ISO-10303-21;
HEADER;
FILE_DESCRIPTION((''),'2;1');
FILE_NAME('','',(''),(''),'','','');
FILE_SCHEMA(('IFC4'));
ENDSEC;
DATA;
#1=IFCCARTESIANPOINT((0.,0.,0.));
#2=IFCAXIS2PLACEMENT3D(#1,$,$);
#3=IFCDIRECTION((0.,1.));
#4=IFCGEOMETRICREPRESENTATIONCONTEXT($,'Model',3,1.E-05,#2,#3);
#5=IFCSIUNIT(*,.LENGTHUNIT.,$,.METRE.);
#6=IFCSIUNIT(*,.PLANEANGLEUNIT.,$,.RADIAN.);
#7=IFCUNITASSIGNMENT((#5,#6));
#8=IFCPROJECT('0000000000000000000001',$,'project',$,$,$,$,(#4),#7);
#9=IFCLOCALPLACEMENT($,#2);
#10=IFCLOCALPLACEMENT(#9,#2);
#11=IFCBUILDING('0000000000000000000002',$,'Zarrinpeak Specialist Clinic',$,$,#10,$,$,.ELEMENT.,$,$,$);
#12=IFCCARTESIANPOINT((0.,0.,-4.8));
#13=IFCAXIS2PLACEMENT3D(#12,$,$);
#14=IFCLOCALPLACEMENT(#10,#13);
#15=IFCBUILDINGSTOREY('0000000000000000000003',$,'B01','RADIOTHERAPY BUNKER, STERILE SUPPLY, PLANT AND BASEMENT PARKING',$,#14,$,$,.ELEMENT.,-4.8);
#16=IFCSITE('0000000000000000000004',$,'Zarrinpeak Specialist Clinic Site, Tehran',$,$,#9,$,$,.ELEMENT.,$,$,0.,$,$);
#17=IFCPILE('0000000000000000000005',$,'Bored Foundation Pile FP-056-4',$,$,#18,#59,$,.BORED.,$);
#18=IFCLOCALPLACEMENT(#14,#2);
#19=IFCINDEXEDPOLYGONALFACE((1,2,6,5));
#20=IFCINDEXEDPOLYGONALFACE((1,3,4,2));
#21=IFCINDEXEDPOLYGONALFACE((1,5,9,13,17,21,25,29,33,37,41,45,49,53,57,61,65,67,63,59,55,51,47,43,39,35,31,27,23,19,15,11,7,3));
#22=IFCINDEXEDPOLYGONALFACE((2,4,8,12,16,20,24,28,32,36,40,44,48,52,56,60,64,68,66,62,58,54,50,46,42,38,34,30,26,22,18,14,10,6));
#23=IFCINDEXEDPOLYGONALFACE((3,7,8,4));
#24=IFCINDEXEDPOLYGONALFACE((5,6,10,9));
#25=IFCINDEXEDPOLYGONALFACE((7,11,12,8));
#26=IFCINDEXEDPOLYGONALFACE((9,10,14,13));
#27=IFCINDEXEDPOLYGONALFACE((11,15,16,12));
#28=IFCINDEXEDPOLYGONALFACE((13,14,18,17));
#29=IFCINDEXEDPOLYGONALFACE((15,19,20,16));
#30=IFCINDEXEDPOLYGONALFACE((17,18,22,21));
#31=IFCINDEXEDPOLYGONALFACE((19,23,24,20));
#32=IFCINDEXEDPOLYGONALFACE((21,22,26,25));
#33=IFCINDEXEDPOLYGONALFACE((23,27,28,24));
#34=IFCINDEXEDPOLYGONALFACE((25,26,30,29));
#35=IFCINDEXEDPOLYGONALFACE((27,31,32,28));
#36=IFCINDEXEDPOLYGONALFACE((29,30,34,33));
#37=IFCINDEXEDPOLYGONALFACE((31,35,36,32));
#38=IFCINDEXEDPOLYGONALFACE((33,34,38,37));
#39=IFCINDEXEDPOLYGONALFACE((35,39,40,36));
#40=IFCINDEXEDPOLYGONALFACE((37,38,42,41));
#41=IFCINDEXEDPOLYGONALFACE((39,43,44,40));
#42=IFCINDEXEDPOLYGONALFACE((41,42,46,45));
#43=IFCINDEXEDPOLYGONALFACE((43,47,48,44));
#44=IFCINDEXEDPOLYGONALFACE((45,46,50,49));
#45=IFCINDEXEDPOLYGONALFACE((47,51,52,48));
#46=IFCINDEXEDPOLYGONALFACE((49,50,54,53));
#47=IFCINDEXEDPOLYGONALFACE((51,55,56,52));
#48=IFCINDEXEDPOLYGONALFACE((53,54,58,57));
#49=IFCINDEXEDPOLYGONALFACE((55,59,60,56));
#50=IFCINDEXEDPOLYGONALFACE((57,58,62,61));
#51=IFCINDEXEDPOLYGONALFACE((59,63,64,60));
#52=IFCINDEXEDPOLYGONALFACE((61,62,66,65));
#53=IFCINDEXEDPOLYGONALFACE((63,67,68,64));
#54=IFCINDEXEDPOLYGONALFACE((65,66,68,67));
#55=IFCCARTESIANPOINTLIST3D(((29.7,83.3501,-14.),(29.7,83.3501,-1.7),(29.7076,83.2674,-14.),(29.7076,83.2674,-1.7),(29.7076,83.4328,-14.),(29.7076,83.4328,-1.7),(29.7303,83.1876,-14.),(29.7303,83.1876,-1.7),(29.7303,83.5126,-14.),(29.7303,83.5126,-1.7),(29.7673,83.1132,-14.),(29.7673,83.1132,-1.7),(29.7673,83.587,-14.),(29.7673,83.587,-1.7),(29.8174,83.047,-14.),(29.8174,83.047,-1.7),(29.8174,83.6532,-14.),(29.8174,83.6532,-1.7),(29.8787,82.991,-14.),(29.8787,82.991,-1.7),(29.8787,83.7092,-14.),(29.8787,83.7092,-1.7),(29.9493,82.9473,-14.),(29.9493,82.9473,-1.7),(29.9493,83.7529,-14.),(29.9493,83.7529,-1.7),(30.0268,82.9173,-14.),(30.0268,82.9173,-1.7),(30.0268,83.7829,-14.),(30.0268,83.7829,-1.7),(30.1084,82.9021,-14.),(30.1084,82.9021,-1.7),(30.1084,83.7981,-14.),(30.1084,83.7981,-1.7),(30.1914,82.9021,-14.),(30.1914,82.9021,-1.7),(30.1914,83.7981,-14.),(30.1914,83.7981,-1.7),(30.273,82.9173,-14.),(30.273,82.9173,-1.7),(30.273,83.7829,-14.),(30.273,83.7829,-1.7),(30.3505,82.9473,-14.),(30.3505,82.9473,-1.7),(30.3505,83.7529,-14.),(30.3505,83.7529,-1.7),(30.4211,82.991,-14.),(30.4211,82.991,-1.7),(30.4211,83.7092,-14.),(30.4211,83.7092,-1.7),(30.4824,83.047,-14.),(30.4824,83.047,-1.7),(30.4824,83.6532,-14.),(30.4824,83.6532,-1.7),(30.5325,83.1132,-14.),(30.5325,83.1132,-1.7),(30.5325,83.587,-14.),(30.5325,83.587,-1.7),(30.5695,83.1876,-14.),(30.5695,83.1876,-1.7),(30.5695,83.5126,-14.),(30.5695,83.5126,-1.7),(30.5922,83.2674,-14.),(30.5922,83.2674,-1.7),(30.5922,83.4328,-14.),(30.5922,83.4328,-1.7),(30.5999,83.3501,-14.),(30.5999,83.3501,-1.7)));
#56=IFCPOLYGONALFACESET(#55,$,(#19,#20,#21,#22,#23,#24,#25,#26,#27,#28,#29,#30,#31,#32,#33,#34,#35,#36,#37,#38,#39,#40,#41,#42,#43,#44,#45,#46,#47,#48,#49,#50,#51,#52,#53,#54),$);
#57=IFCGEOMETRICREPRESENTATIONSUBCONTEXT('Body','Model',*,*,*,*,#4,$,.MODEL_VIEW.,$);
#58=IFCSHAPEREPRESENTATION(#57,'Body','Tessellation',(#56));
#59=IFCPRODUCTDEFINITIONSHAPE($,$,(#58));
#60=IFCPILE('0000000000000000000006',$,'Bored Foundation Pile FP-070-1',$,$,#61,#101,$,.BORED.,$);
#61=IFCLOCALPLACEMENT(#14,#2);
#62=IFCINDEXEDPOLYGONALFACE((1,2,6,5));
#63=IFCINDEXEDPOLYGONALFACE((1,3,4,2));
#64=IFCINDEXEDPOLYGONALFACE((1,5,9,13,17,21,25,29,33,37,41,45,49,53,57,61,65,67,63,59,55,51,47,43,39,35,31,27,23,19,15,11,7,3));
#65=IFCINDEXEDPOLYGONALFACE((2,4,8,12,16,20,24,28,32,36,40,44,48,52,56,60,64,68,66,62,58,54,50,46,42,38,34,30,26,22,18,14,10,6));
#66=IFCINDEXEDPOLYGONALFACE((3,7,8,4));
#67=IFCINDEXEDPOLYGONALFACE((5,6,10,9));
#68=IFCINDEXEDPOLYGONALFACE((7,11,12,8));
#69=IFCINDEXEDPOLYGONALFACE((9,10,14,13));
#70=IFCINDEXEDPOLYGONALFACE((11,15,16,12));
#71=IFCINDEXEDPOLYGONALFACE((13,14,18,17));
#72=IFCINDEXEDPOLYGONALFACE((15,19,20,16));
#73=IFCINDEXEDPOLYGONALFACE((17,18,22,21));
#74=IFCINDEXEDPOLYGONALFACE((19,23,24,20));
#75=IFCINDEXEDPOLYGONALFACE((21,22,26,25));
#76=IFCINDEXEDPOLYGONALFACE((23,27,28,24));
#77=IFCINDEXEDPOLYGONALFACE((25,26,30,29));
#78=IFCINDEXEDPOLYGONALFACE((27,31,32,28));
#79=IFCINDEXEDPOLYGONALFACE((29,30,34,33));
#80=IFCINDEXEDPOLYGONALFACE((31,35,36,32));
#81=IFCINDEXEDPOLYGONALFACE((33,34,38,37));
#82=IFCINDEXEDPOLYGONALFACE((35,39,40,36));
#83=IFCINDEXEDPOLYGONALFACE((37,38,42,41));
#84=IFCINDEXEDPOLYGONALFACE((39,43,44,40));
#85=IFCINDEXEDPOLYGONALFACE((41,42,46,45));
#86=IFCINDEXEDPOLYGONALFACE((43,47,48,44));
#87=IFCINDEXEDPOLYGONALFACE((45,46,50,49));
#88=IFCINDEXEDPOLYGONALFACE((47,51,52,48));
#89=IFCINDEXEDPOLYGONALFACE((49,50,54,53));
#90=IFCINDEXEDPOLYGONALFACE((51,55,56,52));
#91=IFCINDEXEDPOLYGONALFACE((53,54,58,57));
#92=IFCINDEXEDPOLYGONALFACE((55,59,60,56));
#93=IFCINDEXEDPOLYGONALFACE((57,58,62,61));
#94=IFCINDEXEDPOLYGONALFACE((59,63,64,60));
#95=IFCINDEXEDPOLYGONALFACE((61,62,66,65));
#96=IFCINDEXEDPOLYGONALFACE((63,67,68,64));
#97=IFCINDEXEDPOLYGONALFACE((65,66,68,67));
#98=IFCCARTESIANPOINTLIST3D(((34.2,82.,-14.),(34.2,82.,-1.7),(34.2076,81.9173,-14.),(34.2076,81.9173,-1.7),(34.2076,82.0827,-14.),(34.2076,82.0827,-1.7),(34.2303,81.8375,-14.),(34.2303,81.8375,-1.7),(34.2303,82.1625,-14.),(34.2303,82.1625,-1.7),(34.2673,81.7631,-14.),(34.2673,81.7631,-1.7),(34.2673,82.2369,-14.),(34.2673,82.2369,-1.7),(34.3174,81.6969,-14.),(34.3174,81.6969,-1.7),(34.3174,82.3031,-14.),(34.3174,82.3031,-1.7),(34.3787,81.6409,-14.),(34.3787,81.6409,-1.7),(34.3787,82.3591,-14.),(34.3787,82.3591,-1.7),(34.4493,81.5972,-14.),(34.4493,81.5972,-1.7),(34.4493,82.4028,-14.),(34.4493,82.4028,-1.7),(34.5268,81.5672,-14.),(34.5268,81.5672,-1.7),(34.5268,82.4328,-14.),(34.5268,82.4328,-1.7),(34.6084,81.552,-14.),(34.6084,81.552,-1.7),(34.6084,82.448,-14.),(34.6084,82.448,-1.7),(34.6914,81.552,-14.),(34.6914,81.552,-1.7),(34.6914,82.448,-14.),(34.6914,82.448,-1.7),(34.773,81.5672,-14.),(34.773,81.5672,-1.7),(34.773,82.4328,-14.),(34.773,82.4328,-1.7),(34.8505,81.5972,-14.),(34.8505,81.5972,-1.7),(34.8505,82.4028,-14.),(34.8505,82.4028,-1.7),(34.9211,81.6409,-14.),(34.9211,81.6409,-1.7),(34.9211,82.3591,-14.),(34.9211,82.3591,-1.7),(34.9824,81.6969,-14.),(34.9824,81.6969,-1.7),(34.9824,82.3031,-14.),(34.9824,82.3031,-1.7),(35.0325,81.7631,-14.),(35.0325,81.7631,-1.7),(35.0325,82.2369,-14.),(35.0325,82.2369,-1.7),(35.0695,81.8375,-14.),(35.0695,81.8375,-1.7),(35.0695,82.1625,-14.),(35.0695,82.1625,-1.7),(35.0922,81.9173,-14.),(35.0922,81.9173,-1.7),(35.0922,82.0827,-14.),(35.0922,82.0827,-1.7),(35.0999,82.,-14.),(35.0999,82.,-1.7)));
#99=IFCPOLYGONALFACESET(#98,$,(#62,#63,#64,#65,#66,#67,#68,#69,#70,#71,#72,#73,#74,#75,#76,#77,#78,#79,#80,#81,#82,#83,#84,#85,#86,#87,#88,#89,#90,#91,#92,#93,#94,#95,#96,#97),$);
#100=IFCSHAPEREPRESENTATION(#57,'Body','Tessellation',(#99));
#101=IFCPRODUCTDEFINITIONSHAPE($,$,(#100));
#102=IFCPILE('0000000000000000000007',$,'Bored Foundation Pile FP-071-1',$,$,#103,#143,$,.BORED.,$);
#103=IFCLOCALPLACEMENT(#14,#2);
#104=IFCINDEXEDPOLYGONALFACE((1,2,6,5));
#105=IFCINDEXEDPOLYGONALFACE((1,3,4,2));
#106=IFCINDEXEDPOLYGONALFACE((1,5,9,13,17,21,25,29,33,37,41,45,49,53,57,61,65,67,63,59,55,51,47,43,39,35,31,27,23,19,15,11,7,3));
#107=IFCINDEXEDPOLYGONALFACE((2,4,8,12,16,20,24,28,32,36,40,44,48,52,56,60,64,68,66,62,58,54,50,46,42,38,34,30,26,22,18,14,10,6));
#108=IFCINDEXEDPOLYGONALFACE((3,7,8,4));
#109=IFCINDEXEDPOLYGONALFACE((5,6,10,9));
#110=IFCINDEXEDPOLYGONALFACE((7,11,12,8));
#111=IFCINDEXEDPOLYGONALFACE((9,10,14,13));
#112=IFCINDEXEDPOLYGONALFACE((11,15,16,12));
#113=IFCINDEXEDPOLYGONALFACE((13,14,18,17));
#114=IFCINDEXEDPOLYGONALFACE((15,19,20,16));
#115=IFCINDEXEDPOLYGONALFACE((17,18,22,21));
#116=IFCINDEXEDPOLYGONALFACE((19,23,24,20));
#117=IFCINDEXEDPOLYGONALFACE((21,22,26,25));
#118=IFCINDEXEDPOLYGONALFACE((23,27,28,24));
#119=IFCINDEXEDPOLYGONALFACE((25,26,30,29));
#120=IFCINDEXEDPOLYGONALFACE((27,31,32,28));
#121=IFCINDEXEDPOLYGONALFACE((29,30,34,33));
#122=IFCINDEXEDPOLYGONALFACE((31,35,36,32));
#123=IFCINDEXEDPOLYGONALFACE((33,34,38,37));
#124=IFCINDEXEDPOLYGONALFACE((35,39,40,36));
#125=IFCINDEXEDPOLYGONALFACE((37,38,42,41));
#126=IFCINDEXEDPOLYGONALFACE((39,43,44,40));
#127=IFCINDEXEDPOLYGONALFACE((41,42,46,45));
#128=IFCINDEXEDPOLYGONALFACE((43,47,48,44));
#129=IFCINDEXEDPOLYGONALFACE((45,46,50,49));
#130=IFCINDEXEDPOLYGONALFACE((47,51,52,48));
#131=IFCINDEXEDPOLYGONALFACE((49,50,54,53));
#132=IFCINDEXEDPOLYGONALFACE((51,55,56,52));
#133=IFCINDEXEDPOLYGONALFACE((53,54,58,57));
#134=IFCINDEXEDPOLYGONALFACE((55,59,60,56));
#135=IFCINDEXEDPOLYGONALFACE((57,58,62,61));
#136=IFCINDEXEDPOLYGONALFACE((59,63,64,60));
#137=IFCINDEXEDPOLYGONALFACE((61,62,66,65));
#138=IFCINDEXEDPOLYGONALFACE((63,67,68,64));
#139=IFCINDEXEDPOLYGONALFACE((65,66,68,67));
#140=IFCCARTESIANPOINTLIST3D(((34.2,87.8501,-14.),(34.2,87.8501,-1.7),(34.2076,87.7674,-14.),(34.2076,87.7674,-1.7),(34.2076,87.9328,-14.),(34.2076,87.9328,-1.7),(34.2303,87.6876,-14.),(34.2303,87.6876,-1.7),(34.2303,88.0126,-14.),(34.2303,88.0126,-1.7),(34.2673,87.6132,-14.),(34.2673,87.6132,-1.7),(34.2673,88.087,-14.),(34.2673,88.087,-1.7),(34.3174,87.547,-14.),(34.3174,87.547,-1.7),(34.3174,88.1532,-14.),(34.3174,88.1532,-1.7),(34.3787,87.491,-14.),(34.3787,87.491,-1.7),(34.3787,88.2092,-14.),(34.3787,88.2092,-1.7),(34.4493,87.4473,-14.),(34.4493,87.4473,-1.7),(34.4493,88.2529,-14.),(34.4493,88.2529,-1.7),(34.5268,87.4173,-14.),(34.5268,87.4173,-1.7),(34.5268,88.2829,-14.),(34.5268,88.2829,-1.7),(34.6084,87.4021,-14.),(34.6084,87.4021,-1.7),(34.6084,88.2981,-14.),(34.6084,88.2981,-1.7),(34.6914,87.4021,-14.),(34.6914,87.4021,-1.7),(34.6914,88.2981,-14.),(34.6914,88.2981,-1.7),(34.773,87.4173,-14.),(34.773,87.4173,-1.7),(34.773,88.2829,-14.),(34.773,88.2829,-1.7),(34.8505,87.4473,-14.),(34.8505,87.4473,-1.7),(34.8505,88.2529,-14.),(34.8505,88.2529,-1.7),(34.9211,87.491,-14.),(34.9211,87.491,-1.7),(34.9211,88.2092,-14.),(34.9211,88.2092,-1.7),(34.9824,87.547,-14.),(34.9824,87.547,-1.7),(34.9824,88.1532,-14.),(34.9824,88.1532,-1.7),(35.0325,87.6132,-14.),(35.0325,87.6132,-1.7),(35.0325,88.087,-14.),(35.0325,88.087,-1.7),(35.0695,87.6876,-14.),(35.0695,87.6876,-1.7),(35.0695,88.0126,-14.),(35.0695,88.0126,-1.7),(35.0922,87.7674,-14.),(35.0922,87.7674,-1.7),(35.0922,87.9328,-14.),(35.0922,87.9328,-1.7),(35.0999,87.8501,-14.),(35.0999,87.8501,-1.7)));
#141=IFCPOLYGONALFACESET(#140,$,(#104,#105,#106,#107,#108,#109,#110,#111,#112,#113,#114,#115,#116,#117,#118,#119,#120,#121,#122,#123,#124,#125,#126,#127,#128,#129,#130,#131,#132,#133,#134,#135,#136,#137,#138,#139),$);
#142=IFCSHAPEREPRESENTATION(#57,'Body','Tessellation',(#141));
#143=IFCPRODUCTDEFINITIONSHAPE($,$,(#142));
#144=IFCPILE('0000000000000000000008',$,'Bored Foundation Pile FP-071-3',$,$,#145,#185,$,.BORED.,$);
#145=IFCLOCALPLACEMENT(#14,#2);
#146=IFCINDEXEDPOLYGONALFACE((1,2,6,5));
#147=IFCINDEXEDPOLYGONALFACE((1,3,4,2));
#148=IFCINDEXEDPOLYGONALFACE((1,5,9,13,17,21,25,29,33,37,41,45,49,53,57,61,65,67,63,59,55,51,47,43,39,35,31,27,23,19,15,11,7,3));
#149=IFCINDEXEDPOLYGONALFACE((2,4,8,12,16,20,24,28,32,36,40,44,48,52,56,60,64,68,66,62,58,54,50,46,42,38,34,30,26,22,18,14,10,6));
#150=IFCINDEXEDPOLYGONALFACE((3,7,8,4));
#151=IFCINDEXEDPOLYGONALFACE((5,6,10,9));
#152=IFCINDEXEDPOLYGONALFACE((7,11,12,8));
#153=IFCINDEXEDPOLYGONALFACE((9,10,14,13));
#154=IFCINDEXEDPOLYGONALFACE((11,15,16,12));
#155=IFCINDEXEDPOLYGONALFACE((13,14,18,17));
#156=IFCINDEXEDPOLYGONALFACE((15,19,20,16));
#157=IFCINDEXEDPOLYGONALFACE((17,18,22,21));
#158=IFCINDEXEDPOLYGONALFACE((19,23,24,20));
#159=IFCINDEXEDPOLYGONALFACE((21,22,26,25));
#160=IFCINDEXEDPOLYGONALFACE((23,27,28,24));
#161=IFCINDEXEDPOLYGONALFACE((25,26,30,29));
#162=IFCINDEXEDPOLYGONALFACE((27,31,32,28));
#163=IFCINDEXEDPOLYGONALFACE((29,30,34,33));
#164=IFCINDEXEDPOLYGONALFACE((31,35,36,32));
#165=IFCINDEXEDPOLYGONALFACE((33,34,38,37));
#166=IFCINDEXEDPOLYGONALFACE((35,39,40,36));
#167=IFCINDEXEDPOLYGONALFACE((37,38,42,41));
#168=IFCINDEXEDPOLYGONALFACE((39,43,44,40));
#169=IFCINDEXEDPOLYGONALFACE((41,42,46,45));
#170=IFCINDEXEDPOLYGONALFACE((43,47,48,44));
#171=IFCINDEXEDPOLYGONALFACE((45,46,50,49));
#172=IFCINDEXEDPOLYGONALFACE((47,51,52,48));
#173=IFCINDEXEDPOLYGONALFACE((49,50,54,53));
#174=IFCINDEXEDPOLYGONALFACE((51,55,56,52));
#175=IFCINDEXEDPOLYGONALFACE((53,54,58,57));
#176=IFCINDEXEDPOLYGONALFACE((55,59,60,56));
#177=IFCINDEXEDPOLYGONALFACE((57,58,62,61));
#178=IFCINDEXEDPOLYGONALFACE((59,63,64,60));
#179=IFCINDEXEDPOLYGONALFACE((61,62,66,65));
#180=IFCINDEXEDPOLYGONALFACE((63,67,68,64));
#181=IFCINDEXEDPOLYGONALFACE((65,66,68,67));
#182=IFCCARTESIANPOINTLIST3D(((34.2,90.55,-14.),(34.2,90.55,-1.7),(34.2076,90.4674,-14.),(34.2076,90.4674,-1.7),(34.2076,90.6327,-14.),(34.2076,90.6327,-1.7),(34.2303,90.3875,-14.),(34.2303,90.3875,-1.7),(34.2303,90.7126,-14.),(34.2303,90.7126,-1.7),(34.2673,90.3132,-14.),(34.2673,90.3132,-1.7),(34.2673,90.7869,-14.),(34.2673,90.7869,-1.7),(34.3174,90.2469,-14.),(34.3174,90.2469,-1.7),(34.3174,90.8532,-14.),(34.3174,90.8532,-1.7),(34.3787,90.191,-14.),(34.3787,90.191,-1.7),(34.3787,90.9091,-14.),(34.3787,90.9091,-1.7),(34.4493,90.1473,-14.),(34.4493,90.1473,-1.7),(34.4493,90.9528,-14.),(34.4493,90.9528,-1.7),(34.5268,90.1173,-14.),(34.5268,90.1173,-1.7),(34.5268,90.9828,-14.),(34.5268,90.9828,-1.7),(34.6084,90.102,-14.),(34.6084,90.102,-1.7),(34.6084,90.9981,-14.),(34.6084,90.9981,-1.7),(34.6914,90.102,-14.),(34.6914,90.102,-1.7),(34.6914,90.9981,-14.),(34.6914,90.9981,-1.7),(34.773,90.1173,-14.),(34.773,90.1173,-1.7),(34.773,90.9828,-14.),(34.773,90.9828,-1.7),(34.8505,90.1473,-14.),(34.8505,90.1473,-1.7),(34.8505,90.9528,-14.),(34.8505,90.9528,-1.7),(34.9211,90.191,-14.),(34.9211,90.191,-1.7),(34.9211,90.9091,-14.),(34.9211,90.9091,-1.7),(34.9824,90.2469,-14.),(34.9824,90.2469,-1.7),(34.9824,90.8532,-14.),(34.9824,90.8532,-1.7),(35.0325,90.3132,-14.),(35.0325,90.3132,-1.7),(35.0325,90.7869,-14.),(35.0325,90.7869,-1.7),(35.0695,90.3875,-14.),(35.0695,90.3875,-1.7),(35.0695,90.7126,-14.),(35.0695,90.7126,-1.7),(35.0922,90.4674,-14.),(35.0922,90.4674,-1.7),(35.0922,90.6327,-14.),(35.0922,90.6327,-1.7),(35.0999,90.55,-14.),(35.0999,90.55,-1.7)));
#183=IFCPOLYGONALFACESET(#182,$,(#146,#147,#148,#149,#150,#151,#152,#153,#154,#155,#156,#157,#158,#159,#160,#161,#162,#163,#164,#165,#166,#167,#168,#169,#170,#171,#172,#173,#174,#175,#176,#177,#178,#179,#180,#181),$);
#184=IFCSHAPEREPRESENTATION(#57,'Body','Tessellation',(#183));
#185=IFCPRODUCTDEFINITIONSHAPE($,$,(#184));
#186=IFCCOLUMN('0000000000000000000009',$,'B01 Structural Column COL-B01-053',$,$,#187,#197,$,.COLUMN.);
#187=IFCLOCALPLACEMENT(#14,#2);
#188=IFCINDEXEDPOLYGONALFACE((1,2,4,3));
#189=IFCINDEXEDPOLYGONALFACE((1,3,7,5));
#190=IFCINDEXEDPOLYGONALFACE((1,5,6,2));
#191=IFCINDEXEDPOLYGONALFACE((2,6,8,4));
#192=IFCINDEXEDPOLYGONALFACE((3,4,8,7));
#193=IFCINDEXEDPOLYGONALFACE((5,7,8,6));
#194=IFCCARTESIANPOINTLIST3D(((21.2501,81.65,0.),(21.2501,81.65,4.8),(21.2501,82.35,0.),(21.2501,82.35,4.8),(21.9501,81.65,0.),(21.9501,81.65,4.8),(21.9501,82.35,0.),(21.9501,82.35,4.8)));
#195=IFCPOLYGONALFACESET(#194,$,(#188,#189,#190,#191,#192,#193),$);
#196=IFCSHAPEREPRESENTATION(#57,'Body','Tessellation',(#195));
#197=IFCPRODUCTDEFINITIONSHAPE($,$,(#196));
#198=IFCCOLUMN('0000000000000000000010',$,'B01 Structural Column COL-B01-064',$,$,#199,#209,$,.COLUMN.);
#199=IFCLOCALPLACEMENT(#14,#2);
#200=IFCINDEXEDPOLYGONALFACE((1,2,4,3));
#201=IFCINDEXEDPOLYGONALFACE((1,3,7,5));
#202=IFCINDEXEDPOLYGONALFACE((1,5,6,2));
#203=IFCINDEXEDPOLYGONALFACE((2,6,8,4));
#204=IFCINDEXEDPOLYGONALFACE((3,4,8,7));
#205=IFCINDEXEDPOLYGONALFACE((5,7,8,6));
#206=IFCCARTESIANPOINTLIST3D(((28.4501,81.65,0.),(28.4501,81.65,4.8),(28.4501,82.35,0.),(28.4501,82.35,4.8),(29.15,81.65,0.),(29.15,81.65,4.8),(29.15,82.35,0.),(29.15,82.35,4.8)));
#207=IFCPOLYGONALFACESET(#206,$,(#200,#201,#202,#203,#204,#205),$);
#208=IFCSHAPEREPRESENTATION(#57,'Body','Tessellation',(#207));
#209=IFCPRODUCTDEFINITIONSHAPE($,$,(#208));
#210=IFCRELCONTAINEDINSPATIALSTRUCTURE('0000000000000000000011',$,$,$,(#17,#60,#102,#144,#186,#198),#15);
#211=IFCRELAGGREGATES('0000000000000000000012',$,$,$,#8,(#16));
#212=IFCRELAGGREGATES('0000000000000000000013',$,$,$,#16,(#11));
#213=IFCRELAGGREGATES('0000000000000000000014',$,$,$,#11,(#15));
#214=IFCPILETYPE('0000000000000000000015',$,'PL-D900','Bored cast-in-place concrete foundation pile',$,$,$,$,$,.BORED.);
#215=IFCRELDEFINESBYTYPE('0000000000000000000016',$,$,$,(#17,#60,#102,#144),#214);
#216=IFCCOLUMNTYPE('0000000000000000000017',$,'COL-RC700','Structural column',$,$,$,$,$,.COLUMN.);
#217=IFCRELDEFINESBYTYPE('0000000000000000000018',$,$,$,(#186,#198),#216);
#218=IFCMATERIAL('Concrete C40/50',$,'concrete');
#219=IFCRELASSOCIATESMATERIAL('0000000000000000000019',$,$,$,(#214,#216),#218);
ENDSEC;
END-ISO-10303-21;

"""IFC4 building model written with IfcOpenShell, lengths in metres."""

from ifc_helpers import new_model, si_unit, direction, frame, origin, origin_2d, place, context, subcontext, project, spatial, rectangle, circle, extrude, material, material_profile, profile_set, type_object, element, save


model = new_model("IFC4")

# Units and contexts
model_context = context("Model", 3, precision=1e-05, world=origin(), true_north=direction((0.0, 1.0)))
body_context = subcontext(model_context, "Body", "Model", "MODEL_VIEW")
ifc_project = project(units=[si_unit("LENGTHUNIT", "METRE"), si_unit("PLANEANGLEUNIT", "RADIAN")], contexts=[model_context])

# Site, building, storey
site_placement = place(None, origin())
site = spatial("IfcSite", under=ifc_project, at=site_placement, Name="Zarrinpeak Specialist Clinic Site, Tehran", CompositionType="ELEMENT", RefElevation=0.0)
building_placement = place(site_placement, origin())
building = spatial("IfcBuilding", under=site, at=building_placement, Name="Zarrinpeak Specialist Clinic", CompositionType="ELEMENT")
storey_placement = place(building_placement, frame((0.0, 0.0, -4.8)))
storey = spatial("IfcBuildingStorey", under=building, at=storey_placement, Name="B01", Description="RADIOTHERAPY BUNKER, STERILE SUPPLY, PLANT AND BASEMENT PARKING", CompositionType="ELEMENT", Elevation=-4.8)

# Shared definitions
ifc_material_1 = material(Name="Concrete C40/50", Category="concrete")

# Piles
ifc_material_profile_1 = material_profile(ifc_material_1, circle(Radius=0.45, at=origin_2d()), Name="BORED PILE D900")
ifc_profile_set_1 = profile_set([ifc_material_profile_1], Name="Concrete C40/50")
pile_type_1 = type_object("IfcPileType", Name="PL-D900", Description="Bored cast-in-place concrete foundation pile", PredefinedType="BORED", material=ifc_profile_set_1)
for number, where, z_axis, x_axis, name in (
    (1, (30.1499, 83.3501, -1.7), (0.0, 0.0, -1.0), (1.0, 0.0, 0.0), "Bored Foundation Pile FP-056-4"),
    (2, (34.6499, 82.0, -1.7), (0.0, 0.0, -1.0), (1.0, 0.0, 0.0), "Bored Foundation Pile FP-070-1"),
    (3, (34.6499, 87.8501, -1.7), (0.0, 0.0, -1.0), (1.0, 0.0, 0.0), "Bored Foundation Pile FP-071-1"),
    (4, (34.6499, 90.55, -1.7), (0.0, 0.0, -1.0), (1.0, 0.0, 0.0), "Bored Foundation Pile FP-071-3"),
):
    element("IfcPile", number, at=place(storey_placement, frame(where, z_axis=z_axis, x_axis=x_axis)), inside=storey, type_object=pile_type_1, Name=name, PredefinedType="BORED", context=body_context, shape_type="SweptSolid", body=[
        extrude(circle(Radius=0.45, at=origin_2d()), origin(), (0.0, 0.0, 1.0), 12.3),
    ])

# Columns
ifc_material_profile_2 = material_profile(ifc_material_1, rectangle(XDim=0.7, YDim=0.7, at=origin_2d()), Name="RC 700x700")
ifc_profile_set_2 = profile_set([ifc_material_profile_2], Name="Concrete C40/50")
column_type = type_object("IfcColumnType", Name="COL-RC700", Description="Structural column", PredefinedType="COLUMN", material=ifc_profile_set_2)
for number, where, z_axis, x_axis, name in (
    (5, (21.6001, 82.0, 0.0), (0.0, 0.0, 1.0), (1.0, 0.0, 0.0), "B01 Structural Column COL-B01-053"),
    (6, (28.8, 82.0, 0.0), (0.0, 0.0, 1.0), (1.0, 0.0, 0.0), "B01 Structural Column COL-B01-064"),
):
    element("IfcColumn", number, at=place(storey_placement, frame(where, z_axis=z_axis, x_axis=x_axis)), inside=storey, type_object=column_type, Name=name, PredefinedType="COLUMN", context=body_context, shape_type="SweptSolid", body=[
        extrude(rectangle(XDim=0.7, YDim=0.7, at=origin_2d()), origin(), (0.0, 0.0, 1.0), 4.8),
    ])

save(model, "model.ifc")
